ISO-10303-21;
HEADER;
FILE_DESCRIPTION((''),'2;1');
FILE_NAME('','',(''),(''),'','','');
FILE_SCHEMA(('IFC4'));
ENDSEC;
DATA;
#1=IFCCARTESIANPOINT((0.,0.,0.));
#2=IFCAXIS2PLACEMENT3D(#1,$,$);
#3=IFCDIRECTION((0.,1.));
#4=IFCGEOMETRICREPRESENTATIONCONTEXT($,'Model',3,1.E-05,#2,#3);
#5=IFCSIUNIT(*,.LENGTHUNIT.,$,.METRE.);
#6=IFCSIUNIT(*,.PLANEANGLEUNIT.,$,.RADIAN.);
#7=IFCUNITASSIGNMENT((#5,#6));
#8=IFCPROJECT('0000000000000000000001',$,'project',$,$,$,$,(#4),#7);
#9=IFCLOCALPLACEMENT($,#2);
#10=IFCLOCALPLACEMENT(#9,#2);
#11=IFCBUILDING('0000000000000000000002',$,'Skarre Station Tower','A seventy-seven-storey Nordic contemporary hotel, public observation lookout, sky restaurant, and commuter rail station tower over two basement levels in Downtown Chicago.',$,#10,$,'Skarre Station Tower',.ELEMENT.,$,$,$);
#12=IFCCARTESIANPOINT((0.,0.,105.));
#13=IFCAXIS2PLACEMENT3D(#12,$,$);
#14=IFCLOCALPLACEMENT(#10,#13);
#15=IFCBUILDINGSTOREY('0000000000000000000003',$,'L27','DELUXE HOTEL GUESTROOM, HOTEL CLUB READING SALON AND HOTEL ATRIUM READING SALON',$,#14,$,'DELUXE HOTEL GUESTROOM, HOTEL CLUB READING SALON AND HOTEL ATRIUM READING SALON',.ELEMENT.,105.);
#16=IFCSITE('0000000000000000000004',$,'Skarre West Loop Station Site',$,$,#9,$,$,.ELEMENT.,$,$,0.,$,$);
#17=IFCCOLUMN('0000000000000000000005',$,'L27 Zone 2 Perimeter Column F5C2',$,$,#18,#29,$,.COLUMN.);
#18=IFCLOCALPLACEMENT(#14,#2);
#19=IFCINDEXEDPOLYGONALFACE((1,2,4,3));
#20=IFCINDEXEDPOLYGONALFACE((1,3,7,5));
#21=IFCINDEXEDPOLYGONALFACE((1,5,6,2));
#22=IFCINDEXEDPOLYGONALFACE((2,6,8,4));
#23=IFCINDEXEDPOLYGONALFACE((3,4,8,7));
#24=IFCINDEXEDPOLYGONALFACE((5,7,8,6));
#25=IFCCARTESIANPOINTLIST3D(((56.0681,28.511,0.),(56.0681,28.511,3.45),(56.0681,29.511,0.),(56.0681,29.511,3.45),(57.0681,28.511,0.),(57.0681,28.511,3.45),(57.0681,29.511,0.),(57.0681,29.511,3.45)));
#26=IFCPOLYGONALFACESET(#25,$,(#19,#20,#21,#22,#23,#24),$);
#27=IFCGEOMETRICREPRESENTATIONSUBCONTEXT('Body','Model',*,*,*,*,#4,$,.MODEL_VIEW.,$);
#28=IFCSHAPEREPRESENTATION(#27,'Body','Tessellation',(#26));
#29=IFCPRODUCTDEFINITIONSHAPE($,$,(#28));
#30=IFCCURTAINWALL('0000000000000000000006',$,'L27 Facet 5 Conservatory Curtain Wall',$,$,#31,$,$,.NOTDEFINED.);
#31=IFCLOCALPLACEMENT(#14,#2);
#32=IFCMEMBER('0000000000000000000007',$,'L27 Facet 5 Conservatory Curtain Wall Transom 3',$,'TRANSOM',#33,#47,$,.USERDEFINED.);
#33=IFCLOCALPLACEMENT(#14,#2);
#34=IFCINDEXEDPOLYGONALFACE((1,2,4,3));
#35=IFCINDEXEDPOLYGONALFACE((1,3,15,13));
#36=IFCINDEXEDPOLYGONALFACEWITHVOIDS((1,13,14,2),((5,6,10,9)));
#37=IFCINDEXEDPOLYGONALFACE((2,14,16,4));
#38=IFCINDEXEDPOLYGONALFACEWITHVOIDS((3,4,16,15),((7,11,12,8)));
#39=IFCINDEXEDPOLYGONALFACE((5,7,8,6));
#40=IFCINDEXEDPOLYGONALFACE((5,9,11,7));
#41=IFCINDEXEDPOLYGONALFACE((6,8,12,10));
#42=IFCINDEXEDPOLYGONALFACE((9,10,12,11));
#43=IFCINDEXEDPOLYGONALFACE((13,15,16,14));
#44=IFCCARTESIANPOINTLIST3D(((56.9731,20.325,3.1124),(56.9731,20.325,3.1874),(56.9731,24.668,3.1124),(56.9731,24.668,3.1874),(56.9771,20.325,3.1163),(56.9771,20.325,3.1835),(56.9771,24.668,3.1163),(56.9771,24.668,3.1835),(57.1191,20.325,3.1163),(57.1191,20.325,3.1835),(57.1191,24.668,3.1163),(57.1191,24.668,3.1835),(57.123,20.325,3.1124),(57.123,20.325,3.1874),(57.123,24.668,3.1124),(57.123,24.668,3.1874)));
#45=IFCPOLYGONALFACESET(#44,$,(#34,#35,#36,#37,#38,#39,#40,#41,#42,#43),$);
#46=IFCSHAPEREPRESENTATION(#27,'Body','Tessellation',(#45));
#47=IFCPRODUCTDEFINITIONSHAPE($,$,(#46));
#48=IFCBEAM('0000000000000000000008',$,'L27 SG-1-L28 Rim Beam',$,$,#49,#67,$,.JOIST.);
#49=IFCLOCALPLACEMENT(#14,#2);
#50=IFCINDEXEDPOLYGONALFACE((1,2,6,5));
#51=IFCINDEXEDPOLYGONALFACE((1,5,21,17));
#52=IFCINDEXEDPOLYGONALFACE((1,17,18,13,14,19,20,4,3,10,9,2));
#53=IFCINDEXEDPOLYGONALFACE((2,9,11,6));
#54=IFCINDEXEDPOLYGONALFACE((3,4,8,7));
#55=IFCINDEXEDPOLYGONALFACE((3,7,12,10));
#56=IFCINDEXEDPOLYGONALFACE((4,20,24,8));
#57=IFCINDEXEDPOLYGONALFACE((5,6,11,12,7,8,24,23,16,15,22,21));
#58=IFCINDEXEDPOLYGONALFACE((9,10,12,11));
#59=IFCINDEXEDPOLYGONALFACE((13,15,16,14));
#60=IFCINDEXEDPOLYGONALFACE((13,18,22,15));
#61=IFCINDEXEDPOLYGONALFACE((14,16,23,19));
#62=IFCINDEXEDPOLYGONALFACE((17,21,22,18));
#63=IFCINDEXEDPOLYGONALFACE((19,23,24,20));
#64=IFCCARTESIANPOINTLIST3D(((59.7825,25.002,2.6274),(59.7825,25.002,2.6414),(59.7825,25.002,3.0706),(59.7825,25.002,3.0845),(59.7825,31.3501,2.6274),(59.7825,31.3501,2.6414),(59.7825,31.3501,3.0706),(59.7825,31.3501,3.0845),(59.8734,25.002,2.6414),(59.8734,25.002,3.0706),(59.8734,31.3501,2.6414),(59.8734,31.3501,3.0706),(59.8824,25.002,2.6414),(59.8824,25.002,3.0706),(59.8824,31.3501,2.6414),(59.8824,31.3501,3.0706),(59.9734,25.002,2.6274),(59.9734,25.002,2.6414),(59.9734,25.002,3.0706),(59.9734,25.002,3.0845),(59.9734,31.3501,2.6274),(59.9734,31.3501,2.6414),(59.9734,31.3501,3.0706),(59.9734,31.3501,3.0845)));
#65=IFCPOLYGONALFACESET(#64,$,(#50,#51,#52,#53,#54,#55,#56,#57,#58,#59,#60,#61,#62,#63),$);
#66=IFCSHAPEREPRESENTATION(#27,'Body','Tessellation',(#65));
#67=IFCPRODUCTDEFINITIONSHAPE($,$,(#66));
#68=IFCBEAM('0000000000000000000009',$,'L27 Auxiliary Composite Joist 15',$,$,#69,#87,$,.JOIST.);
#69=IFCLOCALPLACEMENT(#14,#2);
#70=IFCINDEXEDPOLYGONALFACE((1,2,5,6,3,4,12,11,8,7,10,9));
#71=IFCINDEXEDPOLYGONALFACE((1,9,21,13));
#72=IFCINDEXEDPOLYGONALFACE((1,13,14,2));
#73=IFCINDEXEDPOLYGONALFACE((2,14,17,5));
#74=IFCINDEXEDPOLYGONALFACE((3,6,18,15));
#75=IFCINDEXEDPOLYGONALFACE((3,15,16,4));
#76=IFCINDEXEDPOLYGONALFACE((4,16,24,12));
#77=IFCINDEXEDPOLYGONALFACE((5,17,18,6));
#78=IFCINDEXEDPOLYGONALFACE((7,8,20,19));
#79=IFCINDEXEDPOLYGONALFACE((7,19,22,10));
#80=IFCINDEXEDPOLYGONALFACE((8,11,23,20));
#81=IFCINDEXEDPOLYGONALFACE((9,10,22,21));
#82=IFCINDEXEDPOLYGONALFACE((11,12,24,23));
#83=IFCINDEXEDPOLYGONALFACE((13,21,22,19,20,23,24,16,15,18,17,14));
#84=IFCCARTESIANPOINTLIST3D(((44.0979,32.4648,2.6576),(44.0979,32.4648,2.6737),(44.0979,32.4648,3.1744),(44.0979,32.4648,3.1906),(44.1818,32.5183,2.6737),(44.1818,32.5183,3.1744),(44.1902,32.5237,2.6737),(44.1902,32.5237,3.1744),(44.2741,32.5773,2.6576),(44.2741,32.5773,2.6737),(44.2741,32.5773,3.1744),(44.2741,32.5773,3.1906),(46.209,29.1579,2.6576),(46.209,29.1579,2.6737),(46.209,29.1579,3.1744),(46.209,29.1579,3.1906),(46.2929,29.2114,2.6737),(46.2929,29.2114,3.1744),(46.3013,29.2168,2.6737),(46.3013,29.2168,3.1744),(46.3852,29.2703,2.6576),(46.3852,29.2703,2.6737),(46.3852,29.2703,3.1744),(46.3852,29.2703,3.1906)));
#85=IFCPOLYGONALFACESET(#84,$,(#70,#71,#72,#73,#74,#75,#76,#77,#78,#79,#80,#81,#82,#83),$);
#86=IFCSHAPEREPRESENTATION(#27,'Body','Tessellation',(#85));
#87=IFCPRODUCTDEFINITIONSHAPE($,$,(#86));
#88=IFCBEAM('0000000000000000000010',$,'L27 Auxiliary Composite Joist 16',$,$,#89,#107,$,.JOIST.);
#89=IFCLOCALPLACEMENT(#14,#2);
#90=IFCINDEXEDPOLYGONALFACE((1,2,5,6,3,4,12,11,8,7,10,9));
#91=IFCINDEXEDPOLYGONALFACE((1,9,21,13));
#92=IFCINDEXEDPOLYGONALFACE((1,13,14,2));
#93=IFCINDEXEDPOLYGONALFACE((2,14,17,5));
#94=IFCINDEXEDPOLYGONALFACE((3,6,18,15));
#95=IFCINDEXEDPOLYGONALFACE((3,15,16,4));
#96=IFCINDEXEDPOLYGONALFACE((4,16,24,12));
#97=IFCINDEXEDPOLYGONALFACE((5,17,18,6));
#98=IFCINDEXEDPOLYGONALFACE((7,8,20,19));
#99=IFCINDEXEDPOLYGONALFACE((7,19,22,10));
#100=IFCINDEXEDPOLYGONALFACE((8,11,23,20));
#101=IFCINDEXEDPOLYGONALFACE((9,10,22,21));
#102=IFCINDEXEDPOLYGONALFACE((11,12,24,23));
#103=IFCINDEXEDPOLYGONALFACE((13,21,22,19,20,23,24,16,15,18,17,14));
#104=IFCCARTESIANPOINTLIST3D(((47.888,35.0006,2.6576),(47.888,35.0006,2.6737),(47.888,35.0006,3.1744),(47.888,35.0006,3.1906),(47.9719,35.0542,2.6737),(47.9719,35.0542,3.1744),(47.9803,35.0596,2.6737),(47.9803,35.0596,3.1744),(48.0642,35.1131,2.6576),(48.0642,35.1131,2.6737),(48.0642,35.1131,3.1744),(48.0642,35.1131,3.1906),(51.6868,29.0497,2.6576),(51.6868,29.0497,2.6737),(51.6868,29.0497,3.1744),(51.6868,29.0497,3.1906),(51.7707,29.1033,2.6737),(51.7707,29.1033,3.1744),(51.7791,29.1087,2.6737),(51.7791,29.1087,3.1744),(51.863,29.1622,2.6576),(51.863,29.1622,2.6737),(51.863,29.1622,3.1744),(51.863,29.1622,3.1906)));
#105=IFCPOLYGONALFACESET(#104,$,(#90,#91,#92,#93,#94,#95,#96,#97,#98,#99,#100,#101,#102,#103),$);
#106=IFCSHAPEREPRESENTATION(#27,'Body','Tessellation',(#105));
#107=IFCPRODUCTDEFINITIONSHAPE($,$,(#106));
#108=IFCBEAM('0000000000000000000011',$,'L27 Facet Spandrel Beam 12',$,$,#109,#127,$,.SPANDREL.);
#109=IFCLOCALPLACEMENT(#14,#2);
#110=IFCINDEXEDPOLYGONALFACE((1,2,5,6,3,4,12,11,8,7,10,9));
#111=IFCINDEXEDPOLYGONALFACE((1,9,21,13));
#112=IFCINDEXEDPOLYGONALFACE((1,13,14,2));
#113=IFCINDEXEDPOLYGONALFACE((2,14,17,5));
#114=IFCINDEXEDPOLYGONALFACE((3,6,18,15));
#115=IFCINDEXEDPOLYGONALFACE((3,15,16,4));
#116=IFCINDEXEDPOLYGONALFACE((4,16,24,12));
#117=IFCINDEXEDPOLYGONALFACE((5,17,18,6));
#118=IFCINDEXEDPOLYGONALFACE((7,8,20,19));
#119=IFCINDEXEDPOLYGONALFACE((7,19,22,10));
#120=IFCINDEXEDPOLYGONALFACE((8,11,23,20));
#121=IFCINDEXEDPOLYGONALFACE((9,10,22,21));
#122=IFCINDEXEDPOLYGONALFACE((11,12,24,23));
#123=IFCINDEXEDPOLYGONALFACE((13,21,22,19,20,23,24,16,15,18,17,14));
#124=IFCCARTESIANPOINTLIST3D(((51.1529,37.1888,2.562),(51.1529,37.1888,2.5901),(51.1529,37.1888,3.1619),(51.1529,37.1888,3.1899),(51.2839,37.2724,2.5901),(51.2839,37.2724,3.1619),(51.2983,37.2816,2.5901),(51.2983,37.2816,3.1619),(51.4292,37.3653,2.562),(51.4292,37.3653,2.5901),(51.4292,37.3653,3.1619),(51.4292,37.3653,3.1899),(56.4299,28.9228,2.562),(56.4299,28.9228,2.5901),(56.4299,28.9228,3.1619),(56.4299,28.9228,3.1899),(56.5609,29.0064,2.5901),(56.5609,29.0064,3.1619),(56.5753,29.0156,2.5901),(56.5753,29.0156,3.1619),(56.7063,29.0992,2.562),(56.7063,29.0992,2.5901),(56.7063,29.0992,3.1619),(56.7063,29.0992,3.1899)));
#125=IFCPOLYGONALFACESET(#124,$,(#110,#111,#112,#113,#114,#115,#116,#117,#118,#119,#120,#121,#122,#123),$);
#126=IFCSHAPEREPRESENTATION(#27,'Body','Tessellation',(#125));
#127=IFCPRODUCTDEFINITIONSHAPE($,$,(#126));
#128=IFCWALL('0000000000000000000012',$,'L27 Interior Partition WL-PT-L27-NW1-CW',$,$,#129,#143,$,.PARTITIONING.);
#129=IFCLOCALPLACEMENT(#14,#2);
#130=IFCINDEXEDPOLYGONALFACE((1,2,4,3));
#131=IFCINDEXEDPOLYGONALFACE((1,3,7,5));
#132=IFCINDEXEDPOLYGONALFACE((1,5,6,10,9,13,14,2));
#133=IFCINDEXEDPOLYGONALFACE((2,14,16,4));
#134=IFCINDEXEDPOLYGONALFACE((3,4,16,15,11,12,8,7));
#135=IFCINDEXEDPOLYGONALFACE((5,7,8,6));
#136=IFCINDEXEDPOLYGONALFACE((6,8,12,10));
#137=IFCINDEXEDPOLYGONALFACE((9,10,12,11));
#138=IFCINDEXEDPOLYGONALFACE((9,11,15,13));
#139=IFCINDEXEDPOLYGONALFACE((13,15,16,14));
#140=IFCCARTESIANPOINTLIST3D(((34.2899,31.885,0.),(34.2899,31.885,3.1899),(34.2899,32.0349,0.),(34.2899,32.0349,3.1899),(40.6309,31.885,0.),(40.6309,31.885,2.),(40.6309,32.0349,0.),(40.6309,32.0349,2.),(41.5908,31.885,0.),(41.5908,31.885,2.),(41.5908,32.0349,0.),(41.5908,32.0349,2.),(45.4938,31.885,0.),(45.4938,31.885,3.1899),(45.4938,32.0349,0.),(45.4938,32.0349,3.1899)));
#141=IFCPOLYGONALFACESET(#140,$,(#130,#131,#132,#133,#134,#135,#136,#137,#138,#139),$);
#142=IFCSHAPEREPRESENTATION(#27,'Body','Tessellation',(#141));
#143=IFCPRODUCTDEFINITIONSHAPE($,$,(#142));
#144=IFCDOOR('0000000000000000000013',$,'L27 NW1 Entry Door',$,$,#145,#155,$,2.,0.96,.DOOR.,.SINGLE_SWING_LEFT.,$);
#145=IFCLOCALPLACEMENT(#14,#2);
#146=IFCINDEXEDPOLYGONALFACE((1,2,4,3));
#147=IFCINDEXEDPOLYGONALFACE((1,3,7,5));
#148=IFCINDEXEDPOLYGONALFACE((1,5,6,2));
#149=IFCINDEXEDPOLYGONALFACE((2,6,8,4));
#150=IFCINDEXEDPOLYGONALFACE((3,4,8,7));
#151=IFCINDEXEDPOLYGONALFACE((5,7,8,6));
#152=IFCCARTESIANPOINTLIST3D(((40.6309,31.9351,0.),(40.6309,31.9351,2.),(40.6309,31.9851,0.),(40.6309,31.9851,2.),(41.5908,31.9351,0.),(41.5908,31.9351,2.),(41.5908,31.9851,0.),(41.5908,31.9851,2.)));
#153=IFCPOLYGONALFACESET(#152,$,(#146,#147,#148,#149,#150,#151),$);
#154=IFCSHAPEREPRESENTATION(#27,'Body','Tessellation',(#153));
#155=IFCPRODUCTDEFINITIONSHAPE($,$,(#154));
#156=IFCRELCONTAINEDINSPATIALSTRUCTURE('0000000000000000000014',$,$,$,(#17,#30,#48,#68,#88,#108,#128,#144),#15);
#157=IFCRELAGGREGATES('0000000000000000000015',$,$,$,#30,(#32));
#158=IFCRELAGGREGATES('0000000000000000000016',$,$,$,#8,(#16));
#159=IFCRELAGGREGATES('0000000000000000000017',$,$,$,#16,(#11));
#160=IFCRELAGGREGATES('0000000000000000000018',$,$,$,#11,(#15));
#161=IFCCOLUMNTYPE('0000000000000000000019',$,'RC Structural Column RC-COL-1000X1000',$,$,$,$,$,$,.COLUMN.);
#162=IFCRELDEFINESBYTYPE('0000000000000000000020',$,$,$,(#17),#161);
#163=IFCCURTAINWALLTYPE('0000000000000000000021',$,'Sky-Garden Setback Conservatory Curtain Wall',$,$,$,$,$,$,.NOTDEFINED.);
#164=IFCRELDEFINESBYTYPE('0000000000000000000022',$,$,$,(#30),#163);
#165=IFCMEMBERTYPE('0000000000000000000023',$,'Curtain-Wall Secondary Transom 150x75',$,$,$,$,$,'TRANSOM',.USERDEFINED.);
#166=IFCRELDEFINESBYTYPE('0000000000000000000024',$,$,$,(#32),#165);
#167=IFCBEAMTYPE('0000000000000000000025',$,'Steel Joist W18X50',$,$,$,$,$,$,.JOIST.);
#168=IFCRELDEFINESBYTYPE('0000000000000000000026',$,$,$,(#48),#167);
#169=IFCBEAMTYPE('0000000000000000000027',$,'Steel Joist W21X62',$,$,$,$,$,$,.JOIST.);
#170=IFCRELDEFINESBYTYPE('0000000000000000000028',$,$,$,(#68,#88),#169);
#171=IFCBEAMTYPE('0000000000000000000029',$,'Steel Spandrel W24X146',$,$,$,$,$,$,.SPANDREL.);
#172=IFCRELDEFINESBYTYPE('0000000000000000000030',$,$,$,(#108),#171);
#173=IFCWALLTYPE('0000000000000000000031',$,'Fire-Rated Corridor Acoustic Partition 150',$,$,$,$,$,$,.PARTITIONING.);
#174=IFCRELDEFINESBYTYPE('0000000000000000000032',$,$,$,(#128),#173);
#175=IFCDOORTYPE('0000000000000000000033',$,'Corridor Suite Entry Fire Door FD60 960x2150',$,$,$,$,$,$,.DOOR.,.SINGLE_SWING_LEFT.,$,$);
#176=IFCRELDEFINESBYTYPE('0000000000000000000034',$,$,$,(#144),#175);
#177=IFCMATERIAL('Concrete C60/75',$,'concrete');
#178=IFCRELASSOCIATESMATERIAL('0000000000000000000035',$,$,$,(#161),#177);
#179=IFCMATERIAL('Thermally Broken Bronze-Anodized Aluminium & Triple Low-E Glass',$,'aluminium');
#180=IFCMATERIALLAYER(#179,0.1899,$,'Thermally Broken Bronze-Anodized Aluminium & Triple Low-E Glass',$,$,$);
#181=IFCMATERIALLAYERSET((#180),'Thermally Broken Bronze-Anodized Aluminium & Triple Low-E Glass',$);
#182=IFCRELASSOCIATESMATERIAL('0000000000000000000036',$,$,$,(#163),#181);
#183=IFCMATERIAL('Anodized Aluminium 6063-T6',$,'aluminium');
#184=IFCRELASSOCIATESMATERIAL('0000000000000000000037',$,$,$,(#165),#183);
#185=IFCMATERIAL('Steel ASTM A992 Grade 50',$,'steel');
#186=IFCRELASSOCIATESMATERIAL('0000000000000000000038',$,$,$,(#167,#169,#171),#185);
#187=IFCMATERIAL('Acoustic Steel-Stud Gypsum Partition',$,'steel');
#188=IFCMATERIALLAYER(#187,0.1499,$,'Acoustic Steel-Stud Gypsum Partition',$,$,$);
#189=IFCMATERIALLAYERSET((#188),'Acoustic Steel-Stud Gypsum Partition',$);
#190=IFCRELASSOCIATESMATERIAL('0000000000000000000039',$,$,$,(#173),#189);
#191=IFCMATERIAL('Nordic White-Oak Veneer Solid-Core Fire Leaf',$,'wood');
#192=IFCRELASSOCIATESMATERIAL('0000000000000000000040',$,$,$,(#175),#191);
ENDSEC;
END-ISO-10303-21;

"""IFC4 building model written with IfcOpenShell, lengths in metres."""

from ifc_helpers import new_model, si_unit, direction, frame, frame_2d, origin, origin_2d, place, context, subcontext, project, spatial, rectangle, hollow_rectangle, i_section, extrude, material, layer, layer_set, material_profile, profile_set, type_object, element, fill, aggregate, save


model = new_model("IFC4")

# Units and contexts
model_context = context("Model", 3, precision=1e-05, world=origin(), true_north=direction((0.0, 1.0)))
body_context = subcontext(model_context, "Body", "Model", "MODEL_VIEW")
ifc_project = project(units=[si_unit("LENGTHUNIT", "METRE"), si_unit("PLANEANGLEUNIT", "RADIAN")], contexts=[model_context])

# Site, building, storey
site_placement = place(None, origin())
site = spatial("IfcSite", under=ifc_project, at=site_placement, Name="Skarre West Loop Station Site", CompositionType="ELEMENT", RefElevation=0.0)
building_placement = place(site_placement, origin())
building = spatial("IfcBuilding", under=site, at=building_placement, Name="Skarre Station Tower", Description="A seventy-seven-storey Nordic contemporary hotel, public observation lookout, sky restaurant, and commuter rail station tower over two basement levels in Downtown Chicago.", LongName="Skarre Station Tower", CompositionType="ELEMENT")
storey_placement = place(building_placement, frame((0.0, 0.0, 105.0)))
storey = spatial("IfcBuildingStorey", under=building, at=storey_placement, Name="L27", Description="DELUXE HOTEL GUESTROOM, HOTEL CLUB READING SALON AND HOTEL ATRIUM READING SALON", LongName="DELUXE HOTEL GUESTROOM, HOTEL CLUB READING SALON AND HOTEL ATRIUM READING SALON", CompositionType="ELEMENT", Elevation=105.0)

# Column
ifc_material_1 = material(Name="Concrete C60/75", Category="concrete")
ifc_material_profile_1 = material_profile(ifc_material_1, rectangle(XDim=1.0, YDim=1.0, at=origin_2d()), Name="Concrete C60/75")
ifc_profile_set_1 = profile_set([ifc_material_profile_1], Name="Concrete C60/75")
column_type = type_object("IfcColumnType", Name="RC Structural Column RC-COL-1000X1000", PredefinedType="COLUMN", material=ifc_profile_set_1)
column_placement = place(storey_placement, frame((56.5681, 29.011, 0.0), z_axis=(0.0, 0.0, 1.0), x_axis=(1.0, 0.0, 0.0)))
element("IfcColumn", 1, at=column_placement, inside=storey, type_object=column_type, Name="L27 Zone 2 Perimeter Column F5C2", PredefinedType="COLUMN", context=body_context, shape_type="SweptSolid", body=[
    extrude(rectangle(XDim=1.0, YDim=1.0, at=origin_2d()), origin(), (0.0, 0.0, 1.0), 3.45),
])

# Curtain wall, member
ifc_material_2 = material(Name="Thermally Broken Bronze-Anodized Aluminium & Triple Low-E Glass", Category="aluminium")
ifc_layer_1 = layer(ifc_material_2, 0.1899, Name="Thermally Broken Bronze-Anodized Aluminium & Triple Low-E Glass")
ifc_layer_set_1 = layer_set([ifc_layer_1], Name="Thermally Broken Bronze-Anodized Aluminium & Triple Low-E Glass")
curtain_wall_type = type_object("IfcCurtainWallType", Name="Sky-Garden Setback Conservatory Curtain Wall", PredefinedType="NOTDEFINED", material=ifc_layer_set_1)
curtain_wall_placement = place(storey_placement, origin())
curtain_wall = element("IfcCurtainWall", 2, at=curtain_wall_placement, inside=storey, type_object=curtain_wall_type, Name="L27 Facet 5 Conservatory Curtain Wall", PredefinedType="NOTDEFINED")
ifc_material_3 = material(Name="Anodized Aluminium 6063-T6", Category="aluminium")
ifc_material_profile_2 = material_profile(ifc_material_3, hollow_rectangle(XDim=0.075, YDim=0.1499, WallThickness=0.0039, at=origin_2d()), Name="Anodized Aluminium 6063-T6")
ifc_profile_set_2 = profile_set([ifc_material_profile_2], Name="Anodized Aluminium 6063-T6")
member_type = type_object("IfcMemberType", Name="Curtain-Wall Secondary Transom 150x75", ElementType="TRANSOM", PredefinedType="USERDEFINED", material=ifc_profile_set_2)
member_placement = place(storey_placement, frame((57.0481, 24.668, 3.1499), z_axis=(0.0, -1.0, 0.0), x_axis=(0.0, 0.0, 1.0)))
member = element("IfcMember", 3, at=member_placement, type_object=member_type, Name="L27 Facet 5 Conservatory Curtain Wall Transom 3", ObjectType="TRANSOM", PredefinedType="USERDEFINED", context=body_context, shape_type="SweptSolid", body=[
    extrude(hollow_rectangle(XDim=0.075, YDim=0.1499, WallThickness=0.0039, at=origin_2d()), origin(), (0.0, 0.0, 1.0), 4.343),
])
aggregate(curtain_wall, [member])

# Beams
ifc_material_4 = material(Name="Steel ASTM A992 Grade 50", Category="steel")
ifc_material_profile_3 = material_profile(ifc_material_4, i_section(OverallWidth=0.1909, OverallDepth=0.457, WebThickness=0.009, FlangeThickness=0.0139, at=origin_2d()), Name="Steel ASTM A992 Grade 50")
ifc_profile_set_3 = profile_set([ifc_material_profile_3], Name="Steel ASTM A992 Grade 50")
beam_type_1 = type_object("IfcBeamType", Name="Steel Joist W18X50", PredefinedType="JOIST", material=ifc_profile_set_3)
beam_1_placement = place(storey_placement, frame((59.8779, 31.3501, 2.856), z_axis=(0.0, -1.0, 0.0), x_axis=(1.0, 0.0, 0.0)))
element("IfcBeam", 4, at=beam_1_placement, inside=storey, type_object=beam_type_1, Name="L27 SG-1-L28 Rim Beam", PredefinedType="JOIST", context=body_context, shape_type="SweptSolid", body=[
    extrude(i_section(OverallWidth=0.1909, OverallDepth=0.457, WebThickness=0.009, FlangeThickness=0.0139, at=origin_2d()), origin(), (0.0, 0.0, 1.0), 6.3481),
])
ifc_material_profile_4 = material_profile(ifc_material_4, i_section(OverallWidth=0.209, OverallDepth=0.533, WebThickness=0.01, FlangeThickness=0.0161, at=origin_2d()), Name="Steel ASTM A992 Grade 50")
ifc_profile_set_4 = profile_set([ifc_material_profile_4], Name="Steel ASTM A992 Grade 50")
beam_type_2 = type_object("IfcBeamType", Name="Steel Joist W21X62", PredefinedType="JOIST", material=ifc_profile_set_4)
beam_2_placement = place(storey_placement, frame((46.2971, 29.2141, 2.9241), z_axis=(-0.538091, 0.842887, 0.0), x_axis=(-0.842887, -0.538091, 0.0)))
element("IfcBeam", 5, at=beam_2_placement, inside=storey, type_object=beam_type_2, Name="L27 Auxiliary Composite Joist 15", PredefinedType="JOIST", context=body_context, shape_type="SweptSolid", body=[
    extrude(i_section(OverallWidth=0.209, OverallDepth=0.533, WebThickness=0.01, FlangeThickness=0.0161, at=origin_2d()), origin(), (0.0, 0.0, 1.0), 3.9233),
])
beam_3_placement = place(storey_placement, frame((51.7749, 29.106, 2.9241), z_axis=(-0.538072, 0.842899, 0.0), x_axis=(-0.842899, -0.538072, 0.0)))
element("IfcBeam", 6, at=beam_3_placement, inside=storey, type_object=beam_type_2, Name="L27 Auxiliary Composite Joist 16", PredefinedType="JOIST", context=body_context, shape_type="SweptSolid", body=[
    extrude(i_section(OverallWidth=0.209, OverallDepth=0.533, WebThickness=0.01, FlangeThickness=0.0161, at=origin_2d()), origin(), (0.0, 0.0, 1.0), 7.0601),
])
ifc_material_profile_5 = material_profile(ifc_material_4, i_section(OverallWidth=0.3279, OverallDepth=0.6279, WebThickness=0.0171, FlangeThickness=0.0281, at=origin_2d()), Name="Steel ASTM A992 Grade 50")
ifc_profile_set_5 = profile_set([ifc_material_profile_5], Name="Steel ASTM A992 Grade 50")
beam_type_3 = type_object("IfcBeamType", Name="Steel Spandrel W24X146", PredefinedType="SPANDREL", material=ifc_profile_set_5)
beam_4_placement = place(storey_placement, frame((56.5681, 29.011, 2.876), z_axis=(-0.538098, 0.842883, 0.0), x_axis=(-0.842883, -0.538098, 0.0)))
element("IfcBeam", 7, at=beam_4_placement, inside=storey, type_object=beam_type_3, Name="L27 Facet Spandrel Beam 12", PredefinedType="SPANDREL", context=body_context, shape_type="SweptSolid", body=[
    extrude(i_section(OverallWidth=0.3279, OverallDepth=0.6279, WebThickness=0.0171, FlangeThickness=0.0281, at=origin_2d()), origin(), (0.0, 0.0, 1.0), 9.8069),
])

# Wall, opening, door
ifc_material_5 = material(Name="Acoustic Steel-Stud Gypsum Partition", Category="steel")
ifc_layer_2 = layer(ifc_material_5, 0.1499, Name="Acoustic Steel-Stud Gypsum Partition")
ifc_layer_set_2 = layer_set([ifc_layer_2], Name="Acoustic Steel-Stud Gypsum Partition")
wall_type_1 = type_object("IfcWallType", Name="Fire-Rated Corridor Acoustic Partition 150", PredefinedType="PARTITIONING", material=ifc_layer_set_2)
wall_1_placement = place(storey_placement, frame((45.4939, 31.96, 0.0), z_axis=(0.0, 0.0, 1.0), x_axis=(-1.0, 0.0, 0.0)))
wall_1 = element("IfcWall", 8, at=wall_1_placement, inside=storey, type_object=wall_type_1, Name="L27 Interior Partition WL-PT-L27-NW1-CW", PredefinedType="PARTITIONING", context=body_context, shape_type="SweptSolid", body=[
    extrude(rectangle(XDim=11.2039, YDim=0.1499, at=frame_2d((5.6021, 0.0))), origin(), (0.0, 0.0, 1.0), 3.1899),
])
opening_1_placement = place(wall_1_placement, frame((3.9031, 0.0, 0.0)))
opening_1 = element("IfcOpeningElement", 9, at=opening_1_placement, cuts=wall_1, PredefinedType="OPENING", context=body_context, shape_type="SweptSolid", body=[
    extrude(rectangle(XDim=0.96, YDim=2.0, at=frame_2d((0.48, 1.0))), frame((0.0, 0.085, 0.0), z_axis=(0.0, -1.0, 0.0), x_axis=(1.0, 0.0, 0.0)), (0.0, 0.0, 1.0), 0.1699),
])
ifc_material_6 = material(Name="Nordic White-Oak Veneer Solid-Core Fire Leaf", Category="wood")
door_type_1 = type_object("IfcDoorType", Name="Corridor Suite Entry Fire Door FD60 960x2150", OperationType="SINGLE_SWING_LEFT", PredefinedType="DOOR", material=ifc_material_6)
door_1_placement = place(opening_1_placement, origin())
door_1 = element("IfcDoor", 10, at=door_1_placement, inside=storey, type_object=door_type_1, Name="L27 NW1 Entry Door", OperationType="SINGLE_SWING_LEFT", OverallHeight=2.0, OverallWidth=0.96, PredefinedType="DOOR", context=body_context, shape_type="SweptSolid", body=[
    extrude(rectangle(XDim=0.96, YDim=2.0, at=frame_2d((0.48, 1.0))), frame((0.0, 0.0249, 0.0), z_axis=(0.0, -1.0, 0.0), x_axis=(1.0, 0.0, 0.0)), (0.0, 0.0, 1.0), 0.05),
])
fill(opening_1, door_1)

save(model, "model.ifc")
